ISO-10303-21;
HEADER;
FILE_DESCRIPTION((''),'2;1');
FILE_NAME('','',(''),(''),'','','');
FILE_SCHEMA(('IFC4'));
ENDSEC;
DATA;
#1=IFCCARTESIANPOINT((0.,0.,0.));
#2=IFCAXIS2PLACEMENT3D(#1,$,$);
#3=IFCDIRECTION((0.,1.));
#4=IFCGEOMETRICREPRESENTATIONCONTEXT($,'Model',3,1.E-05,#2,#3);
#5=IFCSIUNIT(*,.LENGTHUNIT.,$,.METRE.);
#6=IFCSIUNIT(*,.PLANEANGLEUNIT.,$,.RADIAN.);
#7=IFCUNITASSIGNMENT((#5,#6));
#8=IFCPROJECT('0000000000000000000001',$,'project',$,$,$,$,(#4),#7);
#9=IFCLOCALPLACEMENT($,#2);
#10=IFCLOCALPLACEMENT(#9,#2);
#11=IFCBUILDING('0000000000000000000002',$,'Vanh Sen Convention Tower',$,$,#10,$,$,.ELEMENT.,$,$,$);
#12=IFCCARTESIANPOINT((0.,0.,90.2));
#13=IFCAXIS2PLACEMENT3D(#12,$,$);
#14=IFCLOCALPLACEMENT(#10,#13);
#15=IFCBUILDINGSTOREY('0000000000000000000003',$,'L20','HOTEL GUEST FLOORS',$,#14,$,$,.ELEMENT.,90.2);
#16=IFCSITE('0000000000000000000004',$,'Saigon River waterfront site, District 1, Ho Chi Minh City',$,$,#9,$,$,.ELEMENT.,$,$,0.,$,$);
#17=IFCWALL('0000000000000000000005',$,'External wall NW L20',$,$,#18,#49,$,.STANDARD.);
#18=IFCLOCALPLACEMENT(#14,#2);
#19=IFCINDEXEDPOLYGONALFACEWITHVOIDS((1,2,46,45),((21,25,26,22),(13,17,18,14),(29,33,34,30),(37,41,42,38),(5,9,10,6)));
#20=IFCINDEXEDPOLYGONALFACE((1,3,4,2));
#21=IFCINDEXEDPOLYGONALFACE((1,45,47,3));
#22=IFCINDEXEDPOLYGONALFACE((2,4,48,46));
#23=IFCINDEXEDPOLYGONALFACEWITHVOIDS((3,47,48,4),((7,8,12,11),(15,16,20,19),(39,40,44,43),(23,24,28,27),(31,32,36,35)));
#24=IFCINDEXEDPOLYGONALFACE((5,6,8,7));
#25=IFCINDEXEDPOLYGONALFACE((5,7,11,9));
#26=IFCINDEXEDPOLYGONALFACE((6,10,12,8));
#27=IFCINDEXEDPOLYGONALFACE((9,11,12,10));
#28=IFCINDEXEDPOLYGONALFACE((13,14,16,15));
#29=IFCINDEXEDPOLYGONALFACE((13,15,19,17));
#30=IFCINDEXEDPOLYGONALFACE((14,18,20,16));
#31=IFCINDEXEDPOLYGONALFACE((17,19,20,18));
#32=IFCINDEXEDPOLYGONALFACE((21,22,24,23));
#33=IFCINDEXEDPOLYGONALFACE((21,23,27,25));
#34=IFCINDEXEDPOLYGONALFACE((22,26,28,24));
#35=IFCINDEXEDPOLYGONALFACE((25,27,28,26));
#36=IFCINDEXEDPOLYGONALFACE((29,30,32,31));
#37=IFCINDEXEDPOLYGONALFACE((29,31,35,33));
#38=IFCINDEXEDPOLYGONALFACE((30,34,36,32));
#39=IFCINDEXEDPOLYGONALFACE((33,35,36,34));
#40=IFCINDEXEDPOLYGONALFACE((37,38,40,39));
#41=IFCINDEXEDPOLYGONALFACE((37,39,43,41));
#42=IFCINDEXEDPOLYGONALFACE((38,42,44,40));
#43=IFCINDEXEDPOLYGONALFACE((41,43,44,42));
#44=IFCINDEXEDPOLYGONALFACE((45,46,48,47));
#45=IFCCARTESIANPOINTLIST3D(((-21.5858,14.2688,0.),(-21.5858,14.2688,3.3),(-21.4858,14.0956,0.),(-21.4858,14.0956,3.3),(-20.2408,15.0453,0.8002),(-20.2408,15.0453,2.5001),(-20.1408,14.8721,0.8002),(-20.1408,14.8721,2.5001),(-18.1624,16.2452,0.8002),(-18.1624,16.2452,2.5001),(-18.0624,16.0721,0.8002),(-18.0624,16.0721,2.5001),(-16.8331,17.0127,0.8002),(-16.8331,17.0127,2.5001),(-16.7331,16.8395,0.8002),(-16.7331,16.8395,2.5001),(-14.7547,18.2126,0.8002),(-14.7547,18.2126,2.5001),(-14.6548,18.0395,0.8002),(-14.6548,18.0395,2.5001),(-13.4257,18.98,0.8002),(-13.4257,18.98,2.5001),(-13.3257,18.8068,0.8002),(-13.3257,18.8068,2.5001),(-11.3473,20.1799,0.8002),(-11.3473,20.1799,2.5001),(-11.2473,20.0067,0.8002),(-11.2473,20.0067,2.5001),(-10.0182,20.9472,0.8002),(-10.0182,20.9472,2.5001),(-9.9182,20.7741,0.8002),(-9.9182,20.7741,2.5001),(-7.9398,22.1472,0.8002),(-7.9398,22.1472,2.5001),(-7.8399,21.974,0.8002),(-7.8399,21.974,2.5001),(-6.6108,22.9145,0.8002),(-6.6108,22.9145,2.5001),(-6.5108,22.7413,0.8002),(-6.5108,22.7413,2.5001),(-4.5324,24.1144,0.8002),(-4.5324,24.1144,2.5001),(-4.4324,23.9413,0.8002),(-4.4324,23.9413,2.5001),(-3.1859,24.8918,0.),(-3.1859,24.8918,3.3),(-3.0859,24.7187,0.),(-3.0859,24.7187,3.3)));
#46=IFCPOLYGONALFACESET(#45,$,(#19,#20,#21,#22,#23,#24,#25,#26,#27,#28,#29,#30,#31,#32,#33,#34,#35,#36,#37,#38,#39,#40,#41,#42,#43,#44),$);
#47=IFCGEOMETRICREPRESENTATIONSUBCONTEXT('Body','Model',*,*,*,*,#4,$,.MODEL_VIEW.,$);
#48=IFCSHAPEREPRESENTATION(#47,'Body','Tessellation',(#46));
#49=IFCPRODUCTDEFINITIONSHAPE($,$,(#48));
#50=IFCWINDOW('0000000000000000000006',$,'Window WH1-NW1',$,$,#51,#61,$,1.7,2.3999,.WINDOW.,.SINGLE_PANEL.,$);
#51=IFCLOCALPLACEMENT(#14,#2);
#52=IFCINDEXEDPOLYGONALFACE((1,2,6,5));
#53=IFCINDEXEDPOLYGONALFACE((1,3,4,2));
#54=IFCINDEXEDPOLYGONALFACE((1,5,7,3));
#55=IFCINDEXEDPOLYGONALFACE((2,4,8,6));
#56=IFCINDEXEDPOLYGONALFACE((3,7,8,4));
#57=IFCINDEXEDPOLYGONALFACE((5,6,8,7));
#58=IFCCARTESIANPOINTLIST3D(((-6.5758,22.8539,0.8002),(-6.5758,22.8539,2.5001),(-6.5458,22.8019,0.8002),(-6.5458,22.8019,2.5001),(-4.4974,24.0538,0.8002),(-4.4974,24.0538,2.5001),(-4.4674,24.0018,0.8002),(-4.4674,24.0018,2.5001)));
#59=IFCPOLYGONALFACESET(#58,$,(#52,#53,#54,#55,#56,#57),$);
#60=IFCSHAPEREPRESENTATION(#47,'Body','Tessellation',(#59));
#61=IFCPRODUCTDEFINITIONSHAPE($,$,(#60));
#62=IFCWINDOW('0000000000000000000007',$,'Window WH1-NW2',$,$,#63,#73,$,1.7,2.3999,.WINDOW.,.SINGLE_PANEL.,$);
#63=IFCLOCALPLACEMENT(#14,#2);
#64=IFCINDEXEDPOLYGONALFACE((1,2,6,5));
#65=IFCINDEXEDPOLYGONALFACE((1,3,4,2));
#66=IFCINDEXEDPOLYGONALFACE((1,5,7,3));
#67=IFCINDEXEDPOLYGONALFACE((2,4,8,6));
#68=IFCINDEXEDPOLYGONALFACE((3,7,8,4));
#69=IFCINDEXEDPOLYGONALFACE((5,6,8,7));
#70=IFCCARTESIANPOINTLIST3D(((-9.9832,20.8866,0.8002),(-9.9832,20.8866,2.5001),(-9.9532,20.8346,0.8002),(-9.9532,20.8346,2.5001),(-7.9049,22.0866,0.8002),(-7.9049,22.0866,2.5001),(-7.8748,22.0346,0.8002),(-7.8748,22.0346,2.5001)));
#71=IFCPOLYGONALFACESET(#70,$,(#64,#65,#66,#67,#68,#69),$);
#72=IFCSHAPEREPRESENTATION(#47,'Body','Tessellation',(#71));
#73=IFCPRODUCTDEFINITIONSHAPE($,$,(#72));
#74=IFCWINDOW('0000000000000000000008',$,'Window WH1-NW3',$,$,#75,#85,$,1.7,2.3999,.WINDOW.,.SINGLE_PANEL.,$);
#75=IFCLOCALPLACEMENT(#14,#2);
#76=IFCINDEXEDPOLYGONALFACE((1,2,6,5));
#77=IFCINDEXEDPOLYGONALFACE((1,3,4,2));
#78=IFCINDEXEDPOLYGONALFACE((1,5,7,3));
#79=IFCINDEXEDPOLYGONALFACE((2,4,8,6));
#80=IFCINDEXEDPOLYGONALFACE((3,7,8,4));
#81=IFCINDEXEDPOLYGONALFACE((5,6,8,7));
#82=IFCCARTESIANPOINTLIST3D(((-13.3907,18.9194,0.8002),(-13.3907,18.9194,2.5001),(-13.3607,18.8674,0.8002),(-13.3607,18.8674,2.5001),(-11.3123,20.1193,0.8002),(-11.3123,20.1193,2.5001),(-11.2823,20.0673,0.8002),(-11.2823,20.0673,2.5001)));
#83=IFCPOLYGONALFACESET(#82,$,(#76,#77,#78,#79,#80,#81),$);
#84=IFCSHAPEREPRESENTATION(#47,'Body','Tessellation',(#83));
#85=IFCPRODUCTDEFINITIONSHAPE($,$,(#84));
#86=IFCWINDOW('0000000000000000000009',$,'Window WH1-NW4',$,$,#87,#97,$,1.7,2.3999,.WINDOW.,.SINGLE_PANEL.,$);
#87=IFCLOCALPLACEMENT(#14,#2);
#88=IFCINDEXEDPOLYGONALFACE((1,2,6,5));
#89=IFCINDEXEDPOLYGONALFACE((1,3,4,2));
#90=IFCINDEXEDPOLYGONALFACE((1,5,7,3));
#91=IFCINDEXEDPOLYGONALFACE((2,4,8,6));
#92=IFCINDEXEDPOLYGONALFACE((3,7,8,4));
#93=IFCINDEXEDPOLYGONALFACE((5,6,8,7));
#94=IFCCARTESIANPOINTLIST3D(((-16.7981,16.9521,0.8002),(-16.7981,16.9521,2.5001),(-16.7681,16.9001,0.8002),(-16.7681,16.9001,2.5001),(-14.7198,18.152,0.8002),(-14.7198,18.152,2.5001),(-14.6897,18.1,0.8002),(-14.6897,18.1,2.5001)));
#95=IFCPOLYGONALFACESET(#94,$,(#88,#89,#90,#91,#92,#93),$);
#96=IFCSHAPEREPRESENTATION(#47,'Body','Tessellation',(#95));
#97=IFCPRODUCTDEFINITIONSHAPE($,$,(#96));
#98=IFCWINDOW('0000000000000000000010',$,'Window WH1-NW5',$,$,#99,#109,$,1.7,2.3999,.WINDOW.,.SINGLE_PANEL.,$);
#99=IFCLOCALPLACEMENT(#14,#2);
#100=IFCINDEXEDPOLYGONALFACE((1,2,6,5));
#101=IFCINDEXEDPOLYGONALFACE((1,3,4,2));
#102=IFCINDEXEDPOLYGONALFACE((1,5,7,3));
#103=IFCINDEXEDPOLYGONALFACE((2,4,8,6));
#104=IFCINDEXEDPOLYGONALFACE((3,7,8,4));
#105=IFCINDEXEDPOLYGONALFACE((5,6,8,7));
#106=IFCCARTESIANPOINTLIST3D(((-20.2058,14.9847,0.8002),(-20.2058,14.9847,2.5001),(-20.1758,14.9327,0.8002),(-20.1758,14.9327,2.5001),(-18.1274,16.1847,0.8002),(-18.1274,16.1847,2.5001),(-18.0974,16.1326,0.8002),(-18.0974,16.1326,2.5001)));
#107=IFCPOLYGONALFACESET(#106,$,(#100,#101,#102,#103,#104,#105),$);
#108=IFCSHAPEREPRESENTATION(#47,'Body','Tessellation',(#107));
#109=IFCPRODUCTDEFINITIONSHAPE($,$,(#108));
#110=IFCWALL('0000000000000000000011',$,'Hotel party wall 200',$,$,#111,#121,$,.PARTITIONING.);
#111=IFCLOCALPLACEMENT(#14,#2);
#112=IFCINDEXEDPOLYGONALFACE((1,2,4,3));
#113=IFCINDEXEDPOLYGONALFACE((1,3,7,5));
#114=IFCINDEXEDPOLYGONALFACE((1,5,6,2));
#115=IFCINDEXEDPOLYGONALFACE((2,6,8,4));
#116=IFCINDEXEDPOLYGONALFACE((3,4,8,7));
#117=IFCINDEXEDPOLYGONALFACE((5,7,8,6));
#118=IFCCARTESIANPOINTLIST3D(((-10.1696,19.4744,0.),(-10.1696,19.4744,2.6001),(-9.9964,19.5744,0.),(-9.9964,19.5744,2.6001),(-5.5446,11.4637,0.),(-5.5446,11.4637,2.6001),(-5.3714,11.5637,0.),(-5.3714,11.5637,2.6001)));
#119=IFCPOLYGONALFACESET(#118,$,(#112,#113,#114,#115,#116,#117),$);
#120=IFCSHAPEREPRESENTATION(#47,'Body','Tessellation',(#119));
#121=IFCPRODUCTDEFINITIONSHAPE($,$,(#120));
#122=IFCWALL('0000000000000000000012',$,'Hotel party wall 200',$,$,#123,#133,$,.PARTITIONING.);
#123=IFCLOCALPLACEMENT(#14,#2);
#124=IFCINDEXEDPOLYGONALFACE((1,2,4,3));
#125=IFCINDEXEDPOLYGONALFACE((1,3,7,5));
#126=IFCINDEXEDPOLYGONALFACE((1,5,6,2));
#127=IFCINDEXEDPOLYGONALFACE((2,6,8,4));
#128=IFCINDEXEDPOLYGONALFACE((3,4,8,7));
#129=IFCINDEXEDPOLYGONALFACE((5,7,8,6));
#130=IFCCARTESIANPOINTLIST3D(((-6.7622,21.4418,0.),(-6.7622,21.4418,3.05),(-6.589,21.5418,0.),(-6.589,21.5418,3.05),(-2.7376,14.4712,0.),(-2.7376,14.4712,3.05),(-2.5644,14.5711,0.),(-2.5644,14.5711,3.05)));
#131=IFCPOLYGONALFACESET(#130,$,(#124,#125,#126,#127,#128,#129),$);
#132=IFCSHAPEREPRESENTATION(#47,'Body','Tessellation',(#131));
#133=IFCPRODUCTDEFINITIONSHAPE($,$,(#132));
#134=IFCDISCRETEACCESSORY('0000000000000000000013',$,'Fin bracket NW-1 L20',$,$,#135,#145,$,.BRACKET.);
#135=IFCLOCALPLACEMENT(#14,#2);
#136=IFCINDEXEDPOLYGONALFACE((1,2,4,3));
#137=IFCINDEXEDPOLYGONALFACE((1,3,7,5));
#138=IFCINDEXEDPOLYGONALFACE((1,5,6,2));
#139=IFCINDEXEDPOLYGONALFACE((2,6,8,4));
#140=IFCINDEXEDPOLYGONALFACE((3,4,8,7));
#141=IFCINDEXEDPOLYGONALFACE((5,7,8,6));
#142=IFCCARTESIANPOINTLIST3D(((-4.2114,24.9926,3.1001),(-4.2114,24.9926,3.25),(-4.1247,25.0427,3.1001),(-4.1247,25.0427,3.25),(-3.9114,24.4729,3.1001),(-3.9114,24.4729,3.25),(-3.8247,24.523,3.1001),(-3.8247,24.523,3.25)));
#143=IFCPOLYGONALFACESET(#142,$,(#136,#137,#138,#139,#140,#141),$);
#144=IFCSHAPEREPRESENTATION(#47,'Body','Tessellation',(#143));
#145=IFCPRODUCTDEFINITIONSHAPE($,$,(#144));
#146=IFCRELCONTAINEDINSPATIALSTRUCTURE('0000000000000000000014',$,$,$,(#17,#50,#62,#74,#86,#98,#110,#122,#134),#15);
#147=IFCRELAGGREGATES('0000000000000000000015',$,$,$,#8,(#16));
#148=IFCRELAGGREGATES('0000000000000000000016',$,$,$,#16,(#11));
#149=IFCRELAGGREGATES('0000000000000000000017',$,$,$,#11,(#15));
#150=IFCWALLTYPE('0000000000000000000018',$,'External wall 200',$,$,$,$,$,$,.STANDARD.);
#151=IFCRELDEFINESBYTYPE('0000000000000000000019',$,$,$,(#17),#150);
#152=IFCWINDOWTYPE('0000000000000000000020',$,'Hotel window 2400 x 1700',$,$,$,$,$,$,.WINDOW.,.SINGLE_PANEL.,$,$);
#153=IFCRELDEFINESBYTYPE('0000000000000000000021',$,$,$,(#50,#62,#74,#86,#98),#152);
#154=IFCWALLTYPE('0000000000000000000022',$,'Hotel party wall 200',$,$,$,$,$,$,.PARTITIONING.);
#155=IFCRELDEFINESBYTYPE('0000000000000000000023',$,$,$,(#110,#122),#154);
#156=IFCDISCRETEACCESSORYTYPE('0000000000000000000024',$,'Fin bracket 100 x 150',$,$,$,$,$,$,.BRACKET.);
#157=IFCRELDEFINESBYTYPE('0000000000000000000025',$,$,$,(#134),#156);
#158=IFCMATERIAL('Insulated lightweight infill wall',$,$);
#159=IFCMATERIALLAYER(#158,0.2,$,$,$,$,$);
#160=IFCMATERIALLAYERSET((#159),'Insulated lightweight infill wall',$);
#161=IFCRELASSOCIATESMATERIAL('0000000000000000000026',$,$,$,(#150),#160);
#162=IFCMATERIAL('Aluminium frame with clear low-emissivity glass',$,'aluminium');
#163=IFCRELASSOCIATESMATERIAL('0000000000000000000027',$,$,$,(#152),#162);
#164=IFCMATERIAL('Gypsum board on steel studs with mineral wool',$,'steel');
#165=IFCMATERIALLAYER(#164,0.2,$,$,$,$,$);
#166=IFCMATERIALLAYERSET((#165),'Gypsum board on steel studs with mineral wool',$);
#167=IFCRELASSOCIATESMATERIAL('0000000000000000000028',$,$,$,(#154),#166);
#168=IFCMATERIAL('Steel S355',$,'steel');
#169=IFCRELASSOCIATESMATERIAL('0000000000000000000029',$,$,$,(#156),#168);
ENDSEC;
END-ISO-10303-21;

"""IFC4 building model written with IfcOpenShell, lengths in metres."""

from ifc_helpers import new_model, si_unit, direction, frame, frame_2d, origin, origin_2d, place, context, subcontext, project, spatial, rectangle, extrude, material, layer, layer_set, type_object, element, fill, save


model = new_model("IFC4")

# Units and contexts
model_context = context("Model", 3, precision=1e-05, world=origin(), true_north=direction((0.0, 1.0)))
body_context = subcontext(model_context, "Body", "Model", "MODEL_VIEW")
ifc_project = project(units=[si_unit("LENGTHUNIT", "METRE"), si_unit("PLANEANGLEUNIT", "RADIAN")], contexts=[model_context])

# Site, building, storey
site_placement = place(None, origin())
site = spatial("IfcSite", under=ifc_project, at=site_placement, Name="Saigon River waterfront site, District 1, Ho Chi Minh City", CompositionType="ELEMENT", RefElevation=0.0)
building_placement = place(site_placement, origin())
building = spatial("IfcBuilding", under=site, at=building_placement, Name="Vanh Sen Convention Tower", CompositionType="ELEMENT")
storey_placement = place(building_placement, frame((0.0, 0.0, 90.2)))
storey = spatial("IfcBuildingStorey", under=building, at=storey_placement, Name="L20", Description="HOTEL GUEST FLOORS", CompositionType="ELEMENT", Elevation=90.2)

# Shared definitions
ifc_material_1 = material(Name="Gypsum board on steel studs with mineral wool", Category="steel")

# Wall, openings, windows
ifc_material_2 = material(Name="Insulated lightweight infill wall")
ifc_layer_1 = layer(ifc_material_2, 0.2)
ifc_layer_set_1 = layer_set([ifc_layer_1], Name="Insulated lightweight infill wall")
wall_type_1 = type_object("IfcWallType", Name="External wall 200", PredefinedType="STANDARD", material=ifc_layer_set_1)
wall_1_placement = place(storey_placement, frame((-3.136, 24.8052, 0.0), z_axis=(0.0, 0.0, 1.0), x_axis=(-0.866028, -0.499995, 0.0)))
wall_1 = element("IfcWall", 1, at=wall_1_placement, inside=storey, type_object=wall_type_1, Name="External wall NW L20", PredefinedType="STANDARD", context=body_context, shape_type="SweptSolid", body=[
    extrude(rectangle(XDim=21.2463, YDim=0.2, at=frame_2d((10.623, 0.0))), origin(), (0.0, 0.0, 1.0), 3.3),
])
opening_1_placement = place(wall_1_placement, frame((1.5547, 0.0, 0.8)))
opening_1 = element("IfcOpeningElement", 2, at=opening_1_placement, cuts=wall_1, PredefinedType="OPENING", context=body_context, shape_type="SweptSolid", body=[
    extrude(rectangle(XDim=2.3999, YDim=1.7, at=frame_2d((1.2, 0.8501))), frame((0.0, 0.1099, 0.0), z_axis=(0.0, -1.0, 0.0), x_axis=(1.0, 0.0, 0.0)), (0.0, 0.0, 1.0), 0.22),
])
opening_2_placement = place(wall_1_placement, frame((5.4893, 0.0, 0.8)))
opening_2 = element("IfcOpeningElement", 3, at=opening_2_placement, cuts=wall_1, PredefinedType="OPENING", context=body_context, shape_type="SweptSolid", body=[
    extrude(rectangle(XDim=2.3999, YDim=1.7, at=frame_2d((1.2, 0.8501))), frame((0.0, 0.1099, 0.0), z_axis=(0.0, -1.0, 0.0), x_axis=(1.0, 0.0, 0.0)), (0.0, 0.0, 1.0), 0.22),
])
opening_3_placement = place(wall_1_placement, frame((9.4238, 0.0, 0.8)))
opening_3 = element("IfcOpeningElement", 4, at=opening_3_placement, cuts=wall_1, PredefinedType="OPENING", context=body_context, shape_type="SweptSolid", body=[
    extrude(rectangle(XDim=2.3999, YDim=1.7, at=frame_2d((1.2, 0.8501))), frame((0.0, 0.1099, 0.0), z_axis=(0.0, -1.0, 0.0), x_axis=(1.0, 0.0, 0.0)), (0.0, 0.0, 1.0), 0.22),
])
opening_4_placement = place(wall_1_placement, frame((13.3584, 0.0, 0.8)))
opening_4 = element("IfcOpeningElement", 5, at=opening_4_placement, cuts=wall_1, PredefinedType="OPENING", context=body_context, shape_type="SweptSolid", body=[
    extrude(rectangle(XDim=2.3999, YDim=1.7, at=frame_2d((1.2, 0.8501))), frame((0.0, 0.1099, 0.0), z_axis=(0.0, -1.0, 0.0), x_axis=(1.0, 0.0, 0.0)), (0.0, 0.0, 1.0), 0.22),
])
opening_5_placement = place(wall_1_placement, frame((17.2932, 0.0, 0.8)))
opening_5 = element("IfcOpeningElement", 6, at=opening_5_placement, cuts=wall_1, PredefinedType="OPENING", context=body_context, shape_type="SweptSolid", body=[
    extrude(rectangle(XDim=2.3999, YDim=1.7, at=frame_2d((1.2, 0.8501))), frame((0.0, 0.1099, 0.0), z_axis=(0.0, -1.0, 0.0), x_axis=(1.0, 0.0, 0.0)), (0.0, 0.0, 1.0), 0.22),
])
ifc_material_3 = material(Name="Aluminium frame with clear low-emissivity glass", Category="aluminium")
window_type = type_object("IfcWindowType", Name="Hotel window 2400 x 1700", PartitioningType="SINGLE_PANEL", PredefinedType="WINDOW", material=ifc_material_3)
window_1_placement = place(opening_1_placement, origin())
window_1 = element("IfcWindow", 7, at=window_1_placement, inside=storey, type_object=window_type, Name="Window WH1-NW1", OverallHeight=1.7, OverallWidth=2.3999, PartitioningType="SINGLE_PANEL", PredefinedType="WINDOW", context=body_context, shape_type="SweptSolid", body=[
    extrude(rectangle(XDim=2.3999, YDim=1.7, at=frame_2d((1.2, 0.8501))), frame((0.0, 0.03, 0.0), z_axis=(0.0, -1.0, 0.0), x_axis=(1.0, 0.0, 0.0)), (0.0, 0.0, 1.0), 0.0601),
])
fill(opening_1, window_1)
window_2_placement = place(opening_2_placement, origin())
window_2 = element("IfcWindow", 8, at=window_2_placement, inside=storey, type_object=window_type, Name="Window WH1-NW2", OverallHeight=1.7, OverallWidth=2.3999, PartitioningType="SINGLE_PANEL", PredefinedType="WINDOW", context=body_context, shape_type="SweptSolid", body=[
    extrude(rectangle(XDim=2.3999, YDim=1.7, at=frame_2d((1.2, 0.8501))), frame((0.0, 0.03, 0.0), z_axis=(0.0, -1.0, 0.0), x_axis=(1.0, 0.0, 0.0)), (0.0, 0.0, 1.0), 0.0601),
])
fill(opening_2, window_2)
window_3_placement = place(opening_3_placement, origin())
window_3 = element("IfcWindow", 9, at=window_3_placement, inside=storey, type_object=window_type, Name="Window WH1-NW3", OverallHeight=1.7, OverallWidth=2.3999, PartitioningType="SINGLE_PANEL", PredefinedType="WINDOW", context=body_context, shape_type="SweptSolid", body=[
    extrude(rectangle(XDim=2.3999, YDim=1.7, at=frame_2d((1.2, 0.8501))), frame((0.0, 0.03, 0.0), z_axis=(0.0, -1.0, 0.0), x_axis=(1.0, 0.0, 0.0)), (0.0, 0.0, 1.0), 0.0601),
])
fill(opening_3, window_3)
window_4_placement = place(opening_4_placement, origin())
window_4 = element("IfcWindow", 10, at=window_4_placement, inside=storey, type_object=window_type, Name="Window WH1-NW4", OverallHeight=1.7, OverallWidth=2.3999, PartitioningType="SINGLE_PANEL", PredefinedType="WINDOW", context=body_context, shape_type="SweptSolid", body=[
    extrude(rectangle(XDim=2.3999, YDim=1.7, at=frame_2d((1.2, 0.8501))), frame((0.0, 0.03, 0.0), z_axis=(0.0, -1.0, 0.0), x_axis=(1.0, 0.0, 0.0)), (0.0, 0.0, 1.0), 0.0601),
])
fill(opening_4, window_4)
window_5_placement = place(opening_5_placement, origin())
window_5 = element("IfcWindow", 11, at=window_5_placement, inside=storey, type_object=window_type, Name="Window WH1-NW5", OverallHeight=1.7, OverallWidth=2.3999, PartitioningType="SINGLE_PANEL", PredefinedType="WINDOW", context=body_context, shape_type="SweptSolid", body=[
    extrude(rectangle(XDim=2.3999, YDim=1.7, at=frame_2d((1.2, 0.8501))), frame((0.0, 0.03, 0.0), z_axis=(0.0, -1.0, 0.0), x_axis=(1.0, 0.0, 0.0)), (0.0, 0.0, 1.0), 0.0601),
])
fill(opening_5, window_5)

# Walls
ifc_layer_2 = layer(ifc_material_1, 0.2)
ifc_layer_set_2 = layer_set([ifc_layer_2], Name="Gypsum board on steel studs with mineral wool")
wall_type_2 = type_object("IfcWallType", Name="Hotel party wall 200", PredefinedType="PARTITIONING", material=ifc_layer_set_2)
wall_2_placement = place(storey_placement, frame((-10.083, 19.5244, 0.0), z_axis=(0.0, 0.0, 1.0), x_axis=(0.5, -0.866026, 0.0)))
element("IfcWall", 12, at=wall_2_placement, inside=storey, type_object=wall_type_2, Name="Hotel party wall 200", PredefinedType="PARTITIONING", context=body_context, shape_type="SweptSolid", body=[
    extrude(rectangle(XDim=9.25, YDim=0.2, at=frame_2d((4.625, 0.0))), origin(), (0.0, 0.0, 1.0), 2.6001),
])
wall_3_placement = place(storey_placement, frame((-6.6755, 21.4917, 0.0), z_axis=(0.0, 0.0, 1.0), x_axis=(0.500011, -0.866019, 0.0)))
element("IfcWall", 13, at=wall_3_placement, inside=storey, type_object=wall_type_2, Name="Hotel party wall 200", PredefinedType="PARTITIONING", context=body_context, shape_type="SweptSolid", body=[
    extrude(rectangle(XDim=8.0491, YDim=0.2, at=frame_2d((4.0244, 0.0))), origin(), (0.0, 0.0, 1.0), 3.05),
])

# Discrete accessory
ifc_material_4 = material(Name="Steel S355", Category="steel")
discrete_accessory_type = type_object("IfcDiscreteAccessoryType", Name="Fin bracket 100 x 150", PredefinedType="BRACKET", material=ifc_material_4)
discrete_accessory_placement = place(storey_placement, frame((-4.0181, 24.7578, 3.1001), z_axis=(0.0, 0.0, 1.0), x_axis=(-0.5, 0.866025, 0.0)))
element("IfcDiscreteAccessory", 14, at=discrete_accessory_placement, inside=storey, type_object=discrete_accessory_type, Name="Fin bracket NW-1 L20", PredefinedType="BRACKET", context=body_context, shape_type="SweptSolid", body=[
    extrude(rectangle(XDim=0.6001, YDim=0.1001, at=origin_2d()), origin(), (0.0, 0.0, 1.0), 0.1499),
])

save(model, "model.ifc")
